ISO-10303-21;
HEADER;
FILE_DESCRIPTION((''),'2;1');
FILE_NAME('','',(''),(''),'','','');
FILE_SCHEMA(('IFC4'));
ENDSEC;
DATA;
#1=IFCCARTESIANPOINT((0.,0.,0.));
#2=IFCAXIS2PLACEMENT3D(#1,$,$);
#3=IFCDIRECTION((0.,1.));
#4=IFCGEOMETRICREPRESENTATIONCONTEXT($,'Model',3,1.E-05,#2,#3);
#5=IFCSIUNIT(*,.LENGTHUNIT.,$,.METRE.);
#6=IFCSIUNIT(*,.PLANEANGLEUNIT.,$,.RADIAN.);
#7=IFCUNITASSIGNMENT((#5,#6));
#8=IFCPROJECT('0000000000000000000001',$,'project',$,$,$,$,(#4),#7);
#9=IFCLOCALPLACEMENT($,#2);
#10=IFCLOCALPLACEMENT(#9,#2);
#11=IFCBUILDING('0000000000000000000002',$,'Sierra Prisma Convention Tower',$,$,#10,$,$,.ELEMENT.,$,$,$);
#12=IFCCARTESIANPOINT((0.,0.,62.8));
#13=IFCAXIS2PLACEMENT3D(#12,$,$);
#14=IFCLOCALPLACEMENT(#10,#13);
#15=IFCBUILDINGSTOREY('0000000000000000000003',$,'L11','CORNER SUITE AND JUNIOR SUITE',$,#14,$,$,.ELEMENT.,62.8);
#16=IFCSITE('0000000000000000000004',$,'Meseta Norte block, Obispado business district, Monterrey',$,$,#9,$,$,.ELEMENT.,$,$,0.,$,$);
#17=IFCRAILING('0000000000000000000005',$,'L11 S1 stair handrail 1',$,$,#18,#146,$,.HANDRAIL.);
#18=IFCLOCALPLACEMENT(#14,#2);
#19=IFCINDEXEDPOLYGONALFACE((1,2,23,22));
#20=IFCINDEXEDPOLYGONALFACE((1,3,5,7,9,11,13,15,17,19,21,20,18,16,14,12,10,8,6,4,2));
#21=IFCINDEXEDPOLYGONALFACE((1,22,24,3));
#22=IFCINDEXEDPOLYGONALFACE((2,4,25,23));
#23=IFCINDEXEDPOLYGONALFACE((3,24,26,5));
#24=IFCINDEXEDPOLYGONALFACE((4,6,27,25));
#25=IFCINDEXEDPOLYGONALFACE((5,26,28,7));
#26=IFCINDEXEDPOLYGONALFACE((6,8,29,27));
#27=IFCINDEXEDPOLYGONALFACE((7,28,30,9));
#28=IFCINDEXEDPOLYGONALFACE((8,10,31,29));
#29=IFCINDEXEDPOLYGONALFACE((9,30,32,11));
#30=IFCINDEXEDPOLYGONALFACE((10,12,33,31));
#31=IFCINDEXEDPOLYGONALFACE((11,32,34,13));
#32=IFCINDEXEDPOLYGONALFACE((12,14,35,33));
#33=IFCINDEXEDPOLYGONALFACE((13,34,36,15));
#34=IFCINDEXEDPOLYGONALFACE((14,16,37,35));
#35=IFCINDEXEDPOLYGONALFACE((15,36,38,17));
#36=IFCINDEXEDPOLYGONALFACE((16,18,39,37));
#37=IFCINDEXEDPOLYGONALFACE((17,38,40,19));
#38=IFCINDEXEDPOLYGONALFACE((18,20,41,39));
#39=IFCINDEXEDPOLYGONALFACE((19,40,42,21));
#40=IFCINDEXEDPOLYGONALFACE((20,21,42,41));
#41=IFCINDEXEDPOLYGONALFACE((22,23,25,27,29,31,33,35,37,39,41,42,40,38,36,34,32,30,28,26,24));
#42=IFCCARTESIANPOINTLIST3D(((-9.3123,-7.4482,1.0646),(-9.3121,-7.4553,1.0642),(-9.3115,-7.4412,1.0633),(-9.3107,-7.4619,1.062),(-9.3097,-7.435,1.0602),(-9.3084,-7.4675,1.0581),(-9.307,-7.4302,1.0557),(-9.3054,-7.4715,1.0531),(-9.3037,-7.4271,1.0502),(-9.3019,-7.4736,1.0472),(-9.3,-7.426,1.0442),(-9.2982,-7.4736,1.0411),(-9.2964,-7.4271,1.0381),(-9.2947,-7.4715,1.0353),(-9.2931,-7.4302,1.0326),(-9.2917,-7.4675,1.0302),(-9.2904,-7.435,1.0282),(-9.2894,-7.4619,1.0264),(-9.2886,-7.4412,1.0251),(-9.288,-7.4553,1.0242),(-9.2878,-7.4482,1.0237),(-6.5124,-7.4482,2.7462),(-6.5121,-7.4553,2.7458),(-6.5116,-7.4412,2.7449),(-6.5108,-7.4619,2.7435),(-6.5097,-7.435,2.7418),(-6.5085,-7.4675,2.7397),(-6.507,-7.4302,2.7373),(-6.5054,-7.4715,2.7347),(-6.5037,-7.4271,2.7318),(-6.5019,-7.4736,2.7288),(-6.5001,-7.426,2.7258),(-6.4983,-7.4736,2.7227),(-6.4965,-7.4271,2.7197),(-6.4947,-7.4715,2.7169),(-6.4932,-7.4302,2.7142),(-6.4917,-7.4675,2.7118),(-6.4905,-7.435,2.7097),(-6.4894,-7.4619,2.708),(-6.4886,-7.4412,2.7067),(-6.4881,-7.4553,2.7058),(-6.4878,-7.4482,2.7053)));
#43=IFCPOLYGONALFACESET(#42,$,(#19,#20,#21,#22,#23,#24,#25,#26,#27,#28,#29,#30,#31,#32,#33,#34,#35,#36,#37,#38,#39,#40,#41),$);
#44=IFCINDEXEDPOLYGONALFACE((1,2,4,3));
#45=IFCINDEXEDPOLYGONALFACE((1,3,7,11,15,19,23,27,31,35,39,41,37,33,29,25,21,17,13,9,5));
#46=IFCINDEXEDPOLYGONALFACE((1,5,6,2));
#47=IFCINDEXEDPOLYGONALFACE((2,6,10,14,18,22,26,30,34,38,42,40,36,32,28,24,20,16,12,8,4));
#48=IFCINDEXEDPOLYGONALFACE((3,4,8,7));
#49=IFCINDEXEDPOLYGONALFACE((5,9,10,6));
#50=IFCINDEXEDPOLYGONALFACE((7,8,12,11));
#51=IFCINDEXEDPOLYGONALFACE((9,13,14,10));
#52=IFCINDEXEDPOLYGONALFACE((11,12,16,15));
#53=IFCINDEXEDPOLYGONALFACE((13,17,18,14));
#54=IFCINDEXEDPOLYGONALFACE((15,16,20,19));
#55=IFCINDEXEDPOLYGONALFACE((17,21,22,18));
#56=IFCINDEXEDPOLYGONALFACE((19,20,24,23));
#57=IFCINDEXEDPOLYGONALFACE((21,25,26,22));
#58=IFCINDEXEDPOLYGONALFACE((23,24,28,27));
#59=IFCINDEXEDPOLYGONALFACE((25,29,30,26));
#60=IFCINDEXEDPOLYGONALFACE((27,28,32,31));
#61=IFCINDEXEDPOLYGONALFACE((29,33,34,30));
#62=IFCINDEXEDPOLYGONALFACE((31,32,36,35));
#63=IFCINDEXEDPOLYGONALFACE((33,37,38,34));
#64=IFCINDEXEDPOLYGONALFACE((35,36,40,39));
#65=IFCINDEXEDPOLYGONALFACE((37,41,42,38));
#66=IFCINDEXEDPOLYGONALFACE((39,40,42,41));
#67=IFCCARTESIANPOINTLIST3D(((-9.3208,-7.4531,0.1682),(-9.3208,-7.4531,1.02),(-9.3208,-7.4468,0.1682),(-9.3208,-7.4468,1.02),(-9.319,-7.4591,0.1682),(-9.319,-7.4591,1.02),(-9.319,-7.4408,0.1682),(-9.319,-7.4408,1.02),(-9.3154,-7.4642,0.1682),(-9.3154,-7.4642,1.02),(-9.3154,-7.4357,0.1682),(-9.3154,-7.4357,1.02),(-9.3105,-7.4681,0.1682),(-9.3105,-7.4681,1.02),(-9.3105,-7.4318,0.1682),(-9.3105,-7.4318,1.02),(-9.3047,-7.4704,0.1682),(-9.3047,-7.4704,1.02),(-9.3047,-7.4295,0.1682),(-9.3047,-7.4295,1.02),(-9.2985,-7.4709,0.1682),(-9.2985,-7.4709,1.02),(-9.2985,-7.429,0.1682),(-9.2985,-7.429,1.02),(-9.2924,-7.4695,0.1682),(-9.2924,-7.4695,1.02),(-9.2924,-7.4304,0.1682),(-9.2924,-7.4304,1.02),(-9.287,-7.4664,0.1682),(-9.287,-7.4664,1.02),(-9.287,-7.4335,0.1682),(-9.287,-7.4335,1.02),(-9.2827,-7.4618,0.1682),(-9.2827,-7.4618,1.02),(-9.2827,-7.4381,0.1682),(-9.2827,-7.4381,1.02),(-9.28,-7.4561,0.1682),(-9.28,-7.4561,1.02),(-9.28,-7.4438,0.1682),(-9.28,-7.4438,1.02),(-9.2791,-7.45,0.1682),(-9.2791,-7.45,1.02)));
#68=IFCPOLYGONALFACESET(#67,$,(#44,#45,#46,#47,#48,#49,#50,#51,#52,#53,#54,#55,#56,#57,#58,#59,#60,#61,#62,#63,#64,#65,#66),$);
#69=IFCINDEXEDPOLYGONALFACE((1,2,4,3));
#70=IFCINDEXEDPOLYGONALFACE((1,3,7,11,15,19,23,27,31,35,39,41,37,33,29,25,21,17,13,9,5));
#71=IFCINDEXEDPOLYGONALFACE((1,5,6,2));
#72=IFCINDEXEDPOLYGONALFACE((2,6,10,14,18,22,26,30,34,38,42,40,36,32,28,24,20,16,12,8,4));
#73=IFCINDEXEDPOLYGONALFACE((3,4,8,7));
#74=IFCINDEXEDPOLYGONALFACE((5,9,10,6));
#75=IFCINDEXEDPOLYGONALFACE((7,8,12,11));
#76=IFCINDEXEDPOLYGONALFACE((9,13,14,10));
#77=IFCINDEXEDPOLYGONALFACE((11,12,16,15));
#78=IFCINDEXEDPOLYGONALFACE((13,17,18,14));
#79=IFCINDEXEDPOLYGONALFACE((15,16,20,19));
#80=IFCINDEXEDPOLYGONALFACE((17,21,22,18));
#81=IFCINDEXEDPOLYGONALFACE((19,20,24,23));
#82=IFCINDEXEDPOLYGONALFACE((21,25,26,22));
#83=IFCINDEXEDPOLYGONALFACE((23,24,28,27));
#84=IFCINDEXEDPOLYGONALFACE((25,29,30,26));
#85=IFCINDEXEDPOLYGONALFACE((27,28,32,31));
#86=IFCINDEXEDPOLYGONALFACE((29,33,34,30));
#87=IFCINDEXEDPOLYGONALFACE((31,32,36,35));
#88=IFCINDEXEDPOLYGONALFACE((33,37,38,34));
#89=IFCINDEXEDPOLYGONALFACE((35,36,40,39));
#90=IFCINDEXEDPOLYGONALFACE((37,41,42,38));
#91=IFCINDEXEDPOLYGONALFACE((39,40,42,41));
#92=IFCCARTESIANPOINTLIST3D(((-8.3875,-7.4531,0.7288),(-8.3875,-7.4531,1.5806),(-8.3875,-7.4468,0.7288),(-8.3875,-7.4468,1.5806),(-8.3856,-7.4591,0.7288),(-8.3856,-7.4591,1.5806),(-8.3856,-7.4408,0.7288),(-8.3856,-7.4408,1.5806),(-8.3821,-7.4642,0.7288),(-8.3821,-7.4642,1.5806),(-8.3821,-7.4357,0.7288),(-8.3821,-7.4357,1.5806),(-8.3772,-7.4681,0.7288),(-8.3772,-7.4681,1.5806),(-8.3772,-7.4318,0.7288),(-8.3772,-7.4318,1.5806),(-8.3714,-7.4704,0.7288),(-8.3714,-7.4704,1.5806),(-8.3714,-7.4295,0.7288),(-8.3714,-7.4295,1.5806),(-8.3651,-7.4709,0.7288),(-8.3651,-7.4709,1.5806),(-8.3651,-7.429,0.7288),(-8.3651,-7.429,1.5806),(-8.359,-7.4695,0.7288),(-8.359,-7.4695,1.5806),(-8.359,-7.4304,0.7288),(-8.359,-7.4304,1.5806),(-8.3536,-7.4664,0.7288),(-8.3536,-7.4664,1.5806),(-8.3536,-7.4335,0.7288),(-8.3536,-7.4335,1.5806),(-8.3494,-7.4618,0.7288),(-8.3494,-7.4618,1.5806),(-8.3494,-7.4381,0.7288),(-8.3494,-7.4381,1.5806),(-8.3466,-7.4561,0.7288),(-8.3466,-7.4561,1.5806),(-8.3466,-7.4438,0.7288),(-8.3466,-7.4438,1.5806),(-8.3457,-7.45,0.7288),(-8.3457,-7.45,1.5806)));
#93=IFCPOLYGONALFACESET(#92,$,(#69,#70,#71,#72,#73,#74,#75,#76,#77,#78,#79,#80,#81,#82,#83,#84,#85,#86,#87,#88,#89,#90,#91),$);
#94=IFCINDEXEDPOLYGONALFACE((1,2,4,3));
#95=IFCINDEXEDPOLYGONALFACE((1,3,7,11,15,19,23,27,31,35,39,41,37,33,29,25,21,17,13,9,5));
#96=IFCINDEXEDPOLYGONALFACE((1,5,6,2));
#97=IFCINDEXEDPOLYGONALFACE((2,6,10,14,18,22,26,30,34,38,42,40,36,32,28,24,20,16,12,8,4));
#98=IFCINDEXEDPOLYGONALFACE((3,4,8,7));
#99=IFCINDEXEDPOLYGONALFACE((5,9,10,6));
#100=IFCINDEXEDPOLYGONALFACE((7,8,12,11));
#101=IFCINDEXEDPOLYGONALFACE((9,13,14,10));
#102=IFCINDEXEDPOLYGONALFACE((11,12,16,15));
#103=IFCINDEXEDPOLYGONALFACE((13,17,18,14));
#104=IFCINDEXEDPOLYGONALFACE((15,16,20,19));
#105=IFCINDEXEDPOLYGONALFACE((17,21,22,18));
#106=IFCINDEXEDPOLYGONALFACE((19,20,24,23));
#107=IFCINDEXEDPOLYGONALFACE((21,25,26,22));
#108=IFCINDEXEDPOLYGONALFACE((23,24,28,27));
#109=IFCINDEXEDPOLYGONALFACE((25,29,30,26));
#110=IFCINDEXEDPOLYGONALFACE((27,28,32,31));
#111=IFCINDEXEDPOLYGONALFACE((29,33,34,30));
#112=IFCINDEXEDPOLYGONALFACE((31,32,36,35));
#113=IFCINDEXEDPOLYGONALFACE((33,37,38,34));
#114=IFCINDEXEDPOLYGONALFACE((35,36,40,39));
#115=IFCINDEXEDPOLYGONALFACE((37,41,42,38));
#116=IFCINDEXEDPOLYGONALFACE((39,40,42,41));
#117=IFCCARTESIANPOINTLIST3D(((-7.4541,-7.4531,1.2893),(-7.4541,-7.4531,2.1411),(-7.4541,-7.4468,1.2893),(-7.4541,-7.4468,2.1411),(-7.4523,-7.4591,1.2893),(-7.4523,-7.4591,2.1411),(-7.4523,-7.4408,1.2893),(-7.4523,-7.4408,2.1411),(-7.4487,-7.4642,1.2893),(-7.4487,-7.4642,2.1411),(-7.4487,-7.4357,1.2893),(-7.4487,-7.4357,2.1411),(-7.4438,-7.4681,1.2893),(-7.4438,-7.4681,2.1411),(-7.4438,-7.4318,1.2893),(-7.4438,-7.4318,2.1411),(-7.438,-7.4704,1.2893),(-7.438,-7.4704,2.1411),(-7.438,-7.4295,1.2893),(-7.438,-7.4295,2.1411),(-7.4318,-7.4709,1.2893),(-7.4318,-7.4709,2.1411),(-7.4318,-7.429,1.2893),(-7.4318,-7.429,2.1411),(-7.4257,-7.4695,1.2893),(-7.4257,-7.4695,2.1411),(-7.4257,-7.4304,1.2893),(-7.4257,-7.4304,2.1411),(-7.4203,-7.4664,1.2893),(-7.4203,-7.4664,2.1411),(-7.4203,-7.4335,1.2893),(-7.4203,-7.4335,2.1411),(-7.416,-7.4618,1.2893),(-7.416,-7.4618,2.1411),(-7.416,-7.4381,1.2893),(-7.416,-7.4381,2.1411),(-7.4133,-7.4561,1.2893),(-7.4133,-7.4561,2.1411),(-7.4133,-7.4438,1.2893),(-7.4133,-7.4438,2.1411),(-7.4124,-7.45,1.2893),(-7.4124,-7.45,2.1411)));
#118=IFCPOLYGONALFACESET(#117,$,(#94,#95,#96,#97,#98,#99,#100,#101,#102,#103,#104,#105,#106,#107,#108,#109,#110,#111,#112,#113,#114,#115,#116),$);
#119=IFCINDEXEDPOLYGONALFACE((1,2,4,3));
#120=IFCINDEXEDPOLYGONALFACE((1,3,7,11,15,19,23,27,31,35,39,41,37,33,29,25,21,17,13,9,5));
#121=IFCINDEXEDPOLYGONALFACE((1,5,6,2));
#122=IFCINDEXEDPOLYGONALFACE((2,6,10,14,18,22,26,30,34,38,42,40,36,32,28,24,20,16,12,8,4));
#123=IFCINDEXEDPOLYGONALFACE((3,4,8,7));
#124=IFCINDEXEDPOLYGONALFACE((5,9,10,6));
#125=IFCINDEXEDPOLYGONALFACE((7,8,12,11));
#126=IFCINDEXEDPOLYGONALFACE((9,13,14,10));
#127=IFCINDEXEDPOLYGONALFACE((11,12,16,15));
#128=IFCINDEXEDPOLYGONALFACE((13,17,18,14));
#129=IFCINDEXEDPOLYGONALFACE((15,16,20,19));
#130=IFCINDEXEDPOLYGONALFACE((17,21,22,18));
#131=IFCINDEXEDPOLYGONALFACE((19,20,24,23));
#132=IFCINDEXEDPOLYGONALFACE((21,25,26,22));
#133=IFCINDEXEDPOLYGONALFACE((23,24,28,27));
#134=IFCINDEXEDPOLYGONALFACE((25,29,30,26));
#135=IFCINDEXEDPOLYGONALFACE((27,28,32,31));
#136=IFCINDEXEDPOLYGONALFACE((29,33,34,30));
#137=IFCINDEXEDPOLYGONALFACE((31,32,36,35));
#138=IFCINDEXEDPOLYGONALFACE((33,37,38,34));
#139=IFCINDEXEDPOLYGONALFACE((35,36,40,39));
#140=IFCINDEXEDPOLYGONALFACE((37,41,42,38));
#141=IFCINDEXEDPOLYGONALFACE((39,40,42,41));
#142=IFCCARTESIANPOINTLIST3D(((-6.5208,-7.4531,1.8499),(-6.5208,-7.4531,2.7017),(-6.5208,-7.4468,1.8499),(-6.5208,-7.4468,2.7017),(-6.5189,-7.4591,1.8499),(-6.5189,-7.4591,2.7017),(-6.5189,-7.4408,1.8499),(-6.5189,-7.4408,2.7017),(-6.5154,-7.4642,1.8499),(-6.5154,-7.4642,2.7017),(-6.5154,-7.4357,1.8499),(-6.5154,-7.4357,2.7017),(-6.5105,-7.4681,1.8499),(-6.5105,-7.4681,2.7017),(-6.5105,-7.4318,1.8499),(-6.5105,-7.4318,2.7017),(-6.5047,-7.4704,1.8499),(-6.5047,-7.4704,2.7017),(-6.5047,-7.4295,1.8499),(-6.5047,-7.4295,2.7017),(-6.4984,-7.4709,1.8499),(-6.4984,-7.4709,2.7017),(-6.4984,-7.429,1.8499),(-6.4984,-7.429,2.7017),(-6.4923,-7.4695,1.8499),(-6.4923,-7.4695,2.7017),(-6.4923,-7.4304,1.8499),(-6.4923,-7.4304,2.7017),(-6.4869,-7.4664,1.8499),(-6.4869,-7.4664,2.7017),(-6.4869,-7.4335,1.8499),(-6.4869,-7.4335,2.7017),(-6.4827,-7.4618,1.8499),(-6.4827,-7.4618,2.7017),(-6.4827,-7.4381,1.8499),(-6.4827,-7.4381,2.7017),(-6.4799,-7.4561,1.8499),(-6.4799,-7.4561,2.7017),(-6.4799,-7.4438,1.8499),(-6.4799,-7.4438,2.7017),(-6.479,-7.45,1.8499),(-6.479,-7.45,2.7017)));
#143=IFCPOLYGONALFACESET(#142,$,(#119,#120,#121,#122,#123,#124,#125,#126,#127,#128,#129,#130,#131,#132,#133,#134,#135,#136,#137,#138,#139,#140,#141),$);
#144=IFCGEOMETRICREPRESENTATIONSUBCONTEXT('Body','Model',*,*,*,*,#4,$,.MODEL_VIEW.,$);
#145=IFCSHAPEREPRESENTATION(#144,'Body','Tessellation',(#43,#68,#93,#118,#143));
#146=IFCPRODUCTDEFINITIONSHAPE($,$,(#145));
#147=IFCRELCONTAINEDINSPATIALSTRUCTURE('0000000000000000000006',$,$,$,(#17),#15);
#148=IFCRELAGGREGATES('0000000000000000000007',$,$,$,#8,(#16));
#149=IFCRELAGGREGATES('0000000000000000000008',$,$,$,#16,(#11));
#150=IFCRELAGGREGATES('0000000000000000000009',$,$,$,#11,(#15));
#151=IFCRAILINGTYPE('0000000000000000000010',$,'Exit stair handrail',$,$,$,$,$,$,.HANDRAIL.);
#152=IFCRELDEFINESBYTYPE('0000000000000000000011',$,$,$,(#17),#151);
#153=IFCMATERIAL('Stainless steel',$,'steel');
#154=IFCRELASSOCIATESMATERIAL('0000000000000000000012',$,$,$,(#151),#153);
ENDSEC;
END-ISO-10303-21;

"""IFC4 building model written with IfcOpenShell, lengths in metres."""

from ifc_helpers import new_model, si_unit, direction, frame, origin, origin_2d, place, context, subcontext, project, spatial, circle, extrude, material, type_object, element, save


model = new_model("IFC4")

# Units and contexts
model_context = context("Model", 3, precision=1e-05, world=origin(), true_north=direction((0.0, 1.0)))
body_context = subcontext(model_context, "Body", "Model", "MODEL_VIEW")
ifc_project = project(units=[si_unit("LENGTHUNIT", "METRE"), si_unit("PLANEANGLEUNIT", "RADIAN")], contexts=[model_context])

# Site, building, storey
site_placement = place(None, origin())
site = spatial("IfcSite", under=ifc_project, at=site_placement, Name="Meseta Norte block, Obispado business district, Monterrey", CompositionType="ELEMENT", RefElevation=0.0)
building_placement = place(site_placement, origin())
building = spatial("IfcBuilding", under=site, at=building_placement, Name="Sierra Prisma Convention Tower", CompositionType="ELEMENT")
storey_placement = place(building_placement, frame((0.0, 0.0, 62.8)))
storey = spatial("IfcBuildingStorey", under=building, at=storey_placement, Name="L11", Description="CORNER SUITE AND JUNIOR SUITE", CompositionType="ELEMENT", Elevation=62.8)

# Railing
ifc_material_1 = material(Name="Stainless steel", Category="steel")
railing_type_1 = type_object("IfcRailingType", Name="Exit stair handrail", PredefinedType="HANDRAIL", material=ifc_material_1)
railing_1_placement = place(storey_placement, frame((-9.3, -7.45, 0.1682)))
element("IfcRailing", 1, at=railing_1_placement, inside=storey, type_object=railing_type_1, Name="L11 S1 stair handrail 1", PredefinedType="HANDRAIL", context=body_context, shape_type="SweptSolid", body=[
    extrude(circle(Radius=0.0239, at=origin_2d()), frame((0.0, 0.0, 0.876), z_axis=(0.857275, 0.0, 0.514858), x_axis=(0.0, 1.0, 0.0)), (0.0, 0.0, 1.0), 3.2661),
    extrude(circle(Radius=0.021, at=origin_2d()), origin(), (0.0, 0.0, 1.0), 0.8518),
    extrude(circle(Radius=0.021, at=origin_2d()), frame((0.9333, 0.0, 0.5605)), (0.0, 0.0, 1.0), 0.8518),
    extrude(circle(Radius=0.021, at=origin_2d()), frame((1.8667, 0.0, 1.1211)), (0.0, 0.0, 1.0), 0.8518),
    extrude(circle(Radius=0.021, at=origin_2d()), frame((2.8, 0.0, 1.6816)), (0.0, 0.0, 1.0), 0.8518),
])

save(model, "model.ifc")
